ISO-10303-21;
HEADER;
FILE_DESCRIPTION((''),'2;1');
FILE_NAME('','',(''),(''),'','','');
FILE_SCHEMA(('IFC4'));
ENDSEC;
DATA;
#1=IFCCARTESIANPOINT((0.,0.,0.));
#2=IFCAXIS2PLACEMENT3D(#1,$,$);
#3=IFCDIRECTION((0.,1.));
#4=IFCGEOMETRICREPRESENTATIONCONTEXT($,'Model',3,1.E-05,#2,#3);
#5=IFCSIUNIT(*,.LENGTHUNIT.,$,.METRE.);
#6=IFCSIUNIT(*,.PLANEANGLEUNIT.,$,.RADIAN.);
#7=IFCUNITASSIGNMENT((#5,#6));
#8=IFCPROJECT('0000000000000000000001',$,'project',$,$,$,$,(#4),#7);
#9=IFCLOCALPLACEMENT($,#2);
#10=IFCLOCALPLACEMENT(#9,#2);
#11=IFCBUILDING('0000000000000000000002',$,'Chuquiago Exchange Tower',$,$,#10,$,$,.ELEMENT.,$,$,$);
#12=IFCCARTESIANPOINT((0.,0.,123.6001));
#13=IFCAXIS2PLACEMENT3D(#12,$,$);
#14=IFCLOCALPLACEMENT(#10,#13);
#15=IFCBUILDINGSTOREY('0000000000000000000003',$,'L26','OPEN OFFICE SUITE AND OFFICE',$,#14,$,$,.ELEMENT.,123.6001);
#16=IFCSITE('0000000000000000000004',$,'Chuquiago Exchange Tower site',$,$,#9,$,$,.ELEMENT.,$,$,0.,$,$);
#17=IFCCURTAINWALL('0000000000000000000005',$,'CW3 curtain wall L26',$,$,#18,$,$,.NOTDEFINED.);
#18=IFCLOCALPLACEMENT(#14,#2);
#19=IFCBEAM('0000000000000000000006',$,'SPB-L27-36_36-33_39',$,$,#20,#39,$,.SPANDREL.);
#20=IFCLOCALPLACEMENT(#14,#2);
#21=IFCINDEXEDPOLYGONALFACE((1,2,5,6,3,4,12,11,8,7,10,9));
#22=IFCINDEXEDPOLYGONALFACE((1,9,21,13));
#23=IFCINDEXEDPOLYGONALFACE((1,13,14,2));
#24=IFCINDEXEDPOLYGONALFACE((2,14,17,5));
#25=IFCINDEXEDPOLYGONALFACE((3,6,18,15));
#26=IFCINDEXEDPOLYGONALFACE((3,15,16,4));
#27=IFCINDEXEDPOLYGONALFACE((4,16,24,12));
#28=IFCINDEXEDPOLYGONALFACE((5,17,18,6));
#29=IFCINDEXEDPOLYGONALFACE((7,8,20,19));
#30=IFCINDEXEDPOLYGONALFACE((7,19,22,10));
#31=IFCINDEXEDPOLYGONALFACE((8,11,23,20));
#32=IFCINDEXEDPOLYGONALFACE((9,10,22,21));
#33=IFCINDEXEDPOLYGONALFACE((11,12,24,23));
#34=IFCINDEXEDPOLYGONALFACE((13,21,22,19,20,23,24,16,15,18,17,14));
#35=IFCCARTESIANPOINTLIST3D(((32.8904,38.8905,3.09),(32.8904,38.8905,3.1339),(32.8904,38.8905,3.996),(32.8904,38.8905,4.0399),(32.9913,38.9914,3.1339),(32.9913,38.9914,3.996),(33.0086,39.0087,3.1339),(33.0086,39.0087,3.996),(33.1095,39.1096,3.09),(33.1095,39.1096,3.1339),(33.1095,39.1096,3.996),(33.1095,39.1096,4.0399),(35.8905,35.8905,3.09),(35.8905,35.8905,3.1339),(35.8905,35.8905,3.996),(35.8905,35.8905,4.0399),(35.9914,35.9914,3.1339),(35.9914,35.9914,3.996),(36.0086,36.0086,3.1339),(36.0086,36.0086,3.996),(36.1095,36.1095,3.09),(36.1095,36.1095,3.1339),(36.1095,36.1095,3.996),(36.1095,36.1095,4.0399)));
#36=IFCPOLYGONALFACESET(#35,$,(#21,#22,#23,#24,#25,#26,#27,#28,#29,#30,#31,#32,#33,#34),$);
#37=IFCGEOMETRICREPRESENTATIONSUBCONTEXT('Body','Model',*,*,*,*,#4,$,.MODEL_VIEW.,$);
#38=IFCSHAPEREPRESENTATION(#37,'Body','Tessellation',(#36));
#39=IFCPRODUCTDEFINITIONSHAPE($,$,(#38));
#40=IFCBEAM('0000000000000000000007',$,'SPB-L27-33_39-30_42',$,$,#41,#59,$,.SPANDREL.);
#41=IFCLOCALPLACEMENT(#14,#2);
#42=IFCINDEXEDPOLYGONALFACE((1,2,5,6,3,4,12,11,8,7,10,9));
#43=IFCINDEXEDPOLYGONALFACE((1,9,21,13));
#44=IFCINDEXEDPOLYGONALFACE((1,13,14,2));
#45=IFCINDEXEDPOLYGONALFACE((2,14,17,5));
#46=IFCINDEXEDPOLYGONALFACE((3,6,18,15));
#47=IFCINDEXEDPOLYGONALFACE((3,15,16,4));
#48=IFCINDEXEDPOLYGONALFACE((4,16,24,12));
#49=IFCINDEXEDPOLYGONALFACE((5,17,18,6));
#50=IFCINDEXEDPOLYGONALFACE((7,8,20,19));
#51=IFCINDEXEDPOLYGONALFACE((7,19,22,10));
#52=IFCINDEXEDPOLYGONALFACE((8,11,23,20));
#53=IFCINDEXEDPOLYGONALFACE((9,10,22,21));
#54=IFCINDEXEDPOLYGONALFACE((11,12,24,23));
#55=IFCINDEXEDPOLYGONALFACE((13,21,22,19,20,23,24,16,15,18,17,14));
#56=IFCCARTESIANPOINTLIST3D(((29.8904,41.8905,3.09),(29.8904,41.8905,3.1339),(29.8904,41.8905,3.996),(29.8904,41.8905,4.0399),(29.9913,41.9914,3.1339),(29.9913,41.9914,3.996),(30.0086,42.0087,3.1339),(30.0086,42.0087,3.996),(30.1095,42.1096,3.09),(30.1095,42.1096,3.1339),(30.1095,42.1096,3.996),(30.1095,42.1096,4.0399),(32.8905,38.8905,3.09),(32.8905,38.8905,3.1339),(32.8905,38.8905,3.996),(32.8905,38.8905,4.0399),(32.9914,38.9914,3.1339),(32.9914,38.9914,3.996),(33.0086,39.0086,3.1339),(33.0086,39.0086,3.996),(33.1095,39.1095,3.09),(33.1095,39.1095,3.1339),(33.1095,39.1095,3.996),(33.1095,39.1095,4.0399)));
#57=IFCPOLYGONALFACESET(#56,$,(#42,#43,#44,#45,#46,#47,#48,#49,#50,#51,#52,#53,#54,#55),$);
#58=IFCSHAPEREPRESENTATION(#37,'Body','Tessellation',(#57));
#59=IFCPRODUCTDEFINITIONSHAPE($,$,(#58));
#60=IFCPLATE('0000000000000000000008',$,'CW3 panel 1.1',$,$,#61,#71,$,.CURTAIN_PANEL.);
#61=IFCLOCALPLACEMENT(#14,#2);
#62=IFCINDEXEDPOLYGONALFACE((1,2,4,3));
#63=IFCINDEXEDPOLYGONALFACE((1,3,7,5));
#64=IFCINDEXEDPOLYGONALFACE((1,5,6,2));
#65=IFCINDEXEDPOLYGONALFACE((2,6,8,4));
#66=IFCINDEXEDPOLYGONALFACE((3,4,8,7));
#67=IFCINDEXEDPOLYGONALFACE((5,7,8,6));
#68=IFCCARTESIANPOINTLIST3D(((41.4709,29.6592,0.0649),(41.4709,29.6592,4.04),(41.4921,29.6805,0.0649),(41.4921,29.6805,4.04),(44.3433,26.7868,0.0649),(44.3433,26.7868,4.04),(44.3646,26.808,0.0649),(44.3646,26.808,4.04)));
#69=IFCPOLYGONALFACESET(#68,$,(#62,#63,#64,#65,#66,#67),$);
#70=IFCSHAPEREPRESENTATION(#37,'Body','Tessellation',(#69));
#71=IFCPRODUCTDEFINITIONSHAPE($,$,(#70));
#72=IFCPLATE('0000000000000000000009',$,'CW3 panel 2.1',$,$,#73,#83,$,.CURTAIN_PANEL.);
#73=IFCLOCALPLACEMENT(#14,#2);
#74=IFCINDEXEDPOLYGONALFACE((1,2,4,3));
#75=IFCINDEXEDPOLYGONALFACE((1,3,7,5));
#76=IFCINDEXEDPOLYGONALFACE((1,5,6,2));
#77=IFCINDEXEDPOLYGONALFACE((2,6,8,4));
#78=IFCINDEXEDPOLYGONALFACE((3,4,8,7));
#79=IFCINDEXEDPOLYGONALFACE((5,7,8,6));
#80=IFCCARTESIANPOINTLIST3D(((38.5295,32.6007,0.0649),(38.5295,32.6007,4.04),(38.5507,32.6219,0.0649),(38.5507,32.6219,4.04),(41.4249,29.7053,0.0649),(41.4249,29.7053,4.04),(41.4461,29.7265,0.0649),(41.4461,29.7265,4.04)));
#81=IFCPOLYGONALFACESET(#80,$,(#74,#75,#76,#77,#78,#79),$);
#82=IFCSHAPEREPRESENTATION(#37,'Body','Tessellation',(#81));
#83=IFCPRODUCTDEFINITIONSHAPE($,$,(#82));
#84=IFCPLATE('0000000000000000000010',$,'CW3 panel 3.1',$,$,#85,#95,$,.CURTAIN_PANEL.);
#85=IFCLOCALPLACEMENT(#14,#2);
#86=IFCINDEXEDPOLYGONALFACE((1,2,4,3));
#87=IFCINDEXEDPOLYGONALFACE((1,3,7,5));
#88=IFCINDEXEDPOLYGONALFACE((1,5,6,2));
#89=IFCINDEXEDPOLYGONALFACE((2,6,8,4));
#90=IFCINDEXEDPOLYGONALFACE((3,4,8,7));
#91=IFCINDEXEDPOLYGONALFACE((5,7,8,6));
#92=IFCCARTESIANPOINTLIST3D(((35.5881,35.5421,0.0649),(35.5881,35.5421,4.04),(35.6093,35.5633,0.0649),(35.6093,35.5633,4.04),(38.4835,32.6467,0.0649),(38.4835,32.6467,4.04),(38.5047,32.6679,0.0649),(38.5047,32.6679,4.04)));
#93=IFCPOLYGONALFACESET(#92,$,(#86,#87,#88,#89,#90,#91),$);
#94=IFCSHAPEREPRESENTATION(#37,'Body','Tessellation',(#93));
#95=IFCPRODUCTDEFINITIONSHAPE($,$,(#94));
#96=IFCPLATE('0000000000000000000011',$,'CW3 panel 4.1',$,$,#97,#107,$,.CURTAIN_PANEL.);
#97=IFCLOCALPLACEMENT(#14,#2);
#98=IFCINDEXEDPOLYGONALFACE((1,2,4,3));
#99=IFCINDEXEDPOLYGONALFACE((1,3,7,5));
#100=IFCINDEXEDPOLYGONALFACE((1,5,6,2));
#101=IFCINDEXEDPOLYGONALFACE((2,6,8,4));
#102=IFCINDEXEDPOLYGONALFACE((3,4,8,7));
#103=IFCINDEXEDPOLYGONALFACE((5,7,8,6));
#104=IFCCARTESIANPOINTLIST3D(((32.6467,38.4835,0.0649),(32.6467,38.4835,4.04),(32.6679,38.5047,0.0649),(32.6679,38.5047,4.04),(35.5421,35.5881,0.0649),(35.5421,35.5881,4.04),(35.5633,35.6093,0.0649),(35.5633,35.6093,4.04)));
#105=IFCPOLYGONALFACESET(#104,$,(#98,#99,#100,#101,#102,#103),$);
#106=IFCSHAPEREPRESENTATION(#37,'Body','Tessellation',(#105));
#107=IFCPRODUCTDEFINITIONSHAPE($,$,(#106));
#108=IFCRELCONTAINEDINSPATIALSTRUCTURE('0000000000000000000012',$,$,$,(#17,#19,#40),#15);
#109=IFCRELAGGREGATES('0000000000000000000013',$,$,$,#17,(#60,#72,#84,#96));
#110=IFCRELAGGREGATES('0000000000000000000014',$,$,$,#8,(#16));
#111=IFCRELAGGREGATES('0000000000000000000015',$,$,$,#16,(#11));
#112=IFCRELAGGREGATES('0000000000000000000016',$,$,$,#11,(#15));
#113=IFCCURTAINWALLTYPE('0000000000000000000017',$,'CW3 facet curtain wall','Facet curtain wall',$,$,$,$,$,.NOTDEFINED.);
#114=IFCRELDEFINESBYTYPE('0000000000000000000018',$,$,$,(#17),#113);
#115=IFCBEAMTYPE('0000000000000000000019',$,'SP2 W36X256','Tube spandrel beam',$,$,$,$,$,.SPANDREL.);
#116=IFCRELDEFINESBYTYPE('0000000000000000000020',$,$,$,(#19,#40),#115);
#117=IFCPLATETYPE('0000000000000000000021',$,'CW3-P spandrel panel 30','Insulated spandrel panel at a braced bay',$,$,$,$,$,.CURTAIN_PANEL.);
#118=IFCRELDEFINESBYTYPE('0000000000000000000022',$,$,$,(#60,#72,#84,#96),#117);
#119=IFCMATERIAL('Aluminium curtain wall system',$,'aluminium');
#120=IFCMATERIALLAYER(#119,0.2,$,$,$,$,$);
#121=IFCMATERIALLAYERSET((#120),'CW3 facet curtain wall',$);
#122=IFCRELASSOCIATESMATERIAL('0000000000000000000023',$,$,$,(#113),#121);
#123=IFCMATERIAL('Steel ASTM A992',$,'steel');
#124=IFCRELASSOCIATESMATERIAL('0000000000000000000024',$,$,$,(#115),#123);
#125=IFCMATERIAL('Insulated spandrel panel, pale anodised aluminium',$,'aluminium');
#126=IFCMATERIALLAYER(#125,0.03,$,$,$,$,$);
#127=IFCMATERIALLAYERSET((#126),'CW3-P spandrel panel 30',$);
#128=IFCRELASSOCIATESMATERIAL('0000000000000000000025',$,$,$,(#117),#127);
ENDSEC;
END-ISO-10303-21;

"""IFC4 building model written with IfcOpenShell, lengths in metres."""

from ifc_helpers import new_model, si_unit, direction, frame, origin, origin_2d, place, context, subcontext, project, spatial, rectangle, i_section, extrude, material, layer, layer_set, material_profile, profile_set, type_object, element, aggregate, save


model = new_model("IFC4")

# Units and contexts
model_context = context("Model", 3, precision=1e-05, world=origin(), true_north=direction((0.0, 1.0)))
body_context = subcontext(model_context, "Body", "Model", "MODEL_VIEW")
ifc_project = project(units=[si_unit("LENGTHUNIT", "METRE"), si_unit("PLANEANGLEUNIT", "RADIAN")], contexts=[model_context])

# Site, building, storey
site_placement = place(None, origin())
site = spatial("IfcSite", under=ifc_project, at=site_placement, Name="Chuquiago Exchange Tower site", CompositionType="ELEMENT", RefElevation=0.0)
building_placement = place(site_placement, origin())
building = spatial("IfcBuilding", under=site, at=building_placement, Name="Chuquiago Exchange Tower", CompositionType="ELEMENT")
storey_placement = place(building_placement, frame((0.0, 0.0, 123.6001)))
storey = spatial("IfcBuildingStorey", under=building, at=storey_placement, Name="L26", Description="OPEN OFFICE SUITE AND OFFICE", CompositionType="ELEMENT", Elevation=123.6001)

# Curtain wall
ifc_material_1 = material(Name="Aluminium curtain wall system", Category="aluminium")
ifc_layer_1 = layer(ifc_material_1, 0.2)
ifc_layer_set_1 = layer_set([ifc_layer_1], Name="CW3 facet curtain wall")
curtain_wall_type = type_object("IfcCurtainWallType", Name="CW3 facet curtain wall", Description="Facet curtain wall", PredefinedType="NOTDEFINED", material=ifc_layer_set_1)
curtain_wall_placement = place(storey_placement, origin())
curtain_wall = element("IfcCurtainWall", 1, at=curtain_wall_placement, inside=storey, type_object=curtain_wall_type, Name="CW3 curtain wall L26", PredefinedType="NOTDEFINED")

# Beams
ifc_material_2 = material(Name="Steel ASTM A992", Category="steel")
ifc_material_profile_1 = material_profile(ifc_material_2, i_section(OverallWidth=0.3098, OverallDepth=0.95, WebThickness=0.0244, FlangeThickness=0.0439, at=origin_2d()), Name="W36X256")
ifc_profile_set_1 = profile_set([ifc_material_profile_1], Name="Steel ASTM A992")
beam_type_1 = type_object("IfcBeamType", Name="SP2 W36X256", Description="Tube spandrel beam", PredefinedType="SPANDREL", material=ifc_profile_set_1)
for number, where, z_axis, x_axis, name in (
    (2, (36.0, 36.0, 3.5649), (-0.707107, 0.707107, 0.0), (-0.707107, -0.707107, 0.0), "SPB-L27-36_36-33_39"),
    (3, (33.0, 39.0, 3.5649), (-0.707107, 0.707107, 0.0), (-0.707107, -0.707107, 0.0), "SPB-L27-33_39-30_42"),
):
    element("IfcBeam", number, at=place(storey_placement, frame(where, z_axis=z_axis, x_axis=x_axis)), inside=storey, type_object=beam_type_1, Name=name, PredefinedType="SPANDREL", context=body_context, shape_type="SweptSolid", body=[
        extrude(i_section(OverallWidth=0.3098, OverallDepth=0.95, WebThickness=0.0244, FlangeThickness=0.0439, at=origin_2d()), origin(), (0.0, 0.0, 1.0), 4.2427),
    ])

# Plates
ifc_material_3 = material(Name="Insulated spandrel panel, pale anodised aluminium", Category="aluminium")
ifc_layer_2 = layer(ifc_material_3, 0.03)
ifc_layer_set_2 = layer_set([ifc_layer_2], Name="CW3-P spandrel panel 30")
plate_type = type_object("IfcPlateType", Name="CW3-P spandrel panel 30", Description="Insulated spandrel panel at a braced bay", PredefinedType="CURTAIN_PANEL", material=ifc_layer_set_2)
plate_1_placement = place(storey_placement, frame((42.9177, 28.2336, 0.0649), z_axis=(0.0, 0.0, 1.0), x_axis=(-0.707107, 0.707107, 0.0)))
plate_1 = element("IfcPlate", 4, at=plate_1_placement, type_object=plate_type, Name="CW3 panel 1.1", PredefinedType="CURTAIN_PANEL", context=body_context, shape_type="SweptSolid", body=[
    extrude(rectangle(XDim=4.0623, YDim=0.03, at=origin_2d()), origin(), (0.0, 0.0, 1.0), 3.9751),
])
plate_2_placement = place(storey_placement, frame((39.9878, 31.1636, 0.0649), z_axis=(0.0, 0.0, 1.0), x_axis=(-0.707107, 0.707107, 0.0)))
plate_2 = element("IfcPlate", 5, at=plate_2_placement, type_object=plate_type, Name="CW3 panel 2.1", PredefinedType="CURTAIN_PANEL", context=body_context, shape_type="SweptSolid", body=[
    extrude(rectangle(XDim=4.0947, YDim=0.03, at=origin_2d()), origin(), (0.0, 0.0, 1.0), 3.9751),
])
plate_3_placement = place(storey_placement, frame((37.0464, 34.105, 0.0649), z_axis=(0.0, 0.0, 1.0), x_axis=(-0.707107, 0.707107, 0.0)))
plate_3 = element("IfcPlate", 6, at=plate_3_placement, type_object=plate_type, Name="CW3 panel 3.1", PredefinedType="CURTAIN_PANEL", context=body_context, shape_type="SweptSolid", body=[
    extrude(rectangle(XDim=4.0947, YDim=0.03, at=origin_2d()), origin(), (0.0, 0.0, 1.0), 3.9751),
])
plate_4_placement = place(storey_placement, frame((34.105, 37.0464, 0.0649), z_axis=(0.0, 0.0, 1.0), x_axis=(-0.707107, 0.707107, 0.0)))
plate_4 = element("IfcPlate", 7, at=plate_4_placement, type_object=plate_type, Name="CW3 panel 4.1", PredefinedType="CURTAIN_PANEL", context=body_context, shape_type="SweptSolid", body=[
    extrude(rectangle(XDim=4.0947, YDim=0.03, at=origin_2d()), origin(), (0.0, 0.0, 1.0), 3.9751),
])
aggregate(curtain_wall, [plate_1, plate_2, plate_3, plate_4])

save(model, "model.ifc")
